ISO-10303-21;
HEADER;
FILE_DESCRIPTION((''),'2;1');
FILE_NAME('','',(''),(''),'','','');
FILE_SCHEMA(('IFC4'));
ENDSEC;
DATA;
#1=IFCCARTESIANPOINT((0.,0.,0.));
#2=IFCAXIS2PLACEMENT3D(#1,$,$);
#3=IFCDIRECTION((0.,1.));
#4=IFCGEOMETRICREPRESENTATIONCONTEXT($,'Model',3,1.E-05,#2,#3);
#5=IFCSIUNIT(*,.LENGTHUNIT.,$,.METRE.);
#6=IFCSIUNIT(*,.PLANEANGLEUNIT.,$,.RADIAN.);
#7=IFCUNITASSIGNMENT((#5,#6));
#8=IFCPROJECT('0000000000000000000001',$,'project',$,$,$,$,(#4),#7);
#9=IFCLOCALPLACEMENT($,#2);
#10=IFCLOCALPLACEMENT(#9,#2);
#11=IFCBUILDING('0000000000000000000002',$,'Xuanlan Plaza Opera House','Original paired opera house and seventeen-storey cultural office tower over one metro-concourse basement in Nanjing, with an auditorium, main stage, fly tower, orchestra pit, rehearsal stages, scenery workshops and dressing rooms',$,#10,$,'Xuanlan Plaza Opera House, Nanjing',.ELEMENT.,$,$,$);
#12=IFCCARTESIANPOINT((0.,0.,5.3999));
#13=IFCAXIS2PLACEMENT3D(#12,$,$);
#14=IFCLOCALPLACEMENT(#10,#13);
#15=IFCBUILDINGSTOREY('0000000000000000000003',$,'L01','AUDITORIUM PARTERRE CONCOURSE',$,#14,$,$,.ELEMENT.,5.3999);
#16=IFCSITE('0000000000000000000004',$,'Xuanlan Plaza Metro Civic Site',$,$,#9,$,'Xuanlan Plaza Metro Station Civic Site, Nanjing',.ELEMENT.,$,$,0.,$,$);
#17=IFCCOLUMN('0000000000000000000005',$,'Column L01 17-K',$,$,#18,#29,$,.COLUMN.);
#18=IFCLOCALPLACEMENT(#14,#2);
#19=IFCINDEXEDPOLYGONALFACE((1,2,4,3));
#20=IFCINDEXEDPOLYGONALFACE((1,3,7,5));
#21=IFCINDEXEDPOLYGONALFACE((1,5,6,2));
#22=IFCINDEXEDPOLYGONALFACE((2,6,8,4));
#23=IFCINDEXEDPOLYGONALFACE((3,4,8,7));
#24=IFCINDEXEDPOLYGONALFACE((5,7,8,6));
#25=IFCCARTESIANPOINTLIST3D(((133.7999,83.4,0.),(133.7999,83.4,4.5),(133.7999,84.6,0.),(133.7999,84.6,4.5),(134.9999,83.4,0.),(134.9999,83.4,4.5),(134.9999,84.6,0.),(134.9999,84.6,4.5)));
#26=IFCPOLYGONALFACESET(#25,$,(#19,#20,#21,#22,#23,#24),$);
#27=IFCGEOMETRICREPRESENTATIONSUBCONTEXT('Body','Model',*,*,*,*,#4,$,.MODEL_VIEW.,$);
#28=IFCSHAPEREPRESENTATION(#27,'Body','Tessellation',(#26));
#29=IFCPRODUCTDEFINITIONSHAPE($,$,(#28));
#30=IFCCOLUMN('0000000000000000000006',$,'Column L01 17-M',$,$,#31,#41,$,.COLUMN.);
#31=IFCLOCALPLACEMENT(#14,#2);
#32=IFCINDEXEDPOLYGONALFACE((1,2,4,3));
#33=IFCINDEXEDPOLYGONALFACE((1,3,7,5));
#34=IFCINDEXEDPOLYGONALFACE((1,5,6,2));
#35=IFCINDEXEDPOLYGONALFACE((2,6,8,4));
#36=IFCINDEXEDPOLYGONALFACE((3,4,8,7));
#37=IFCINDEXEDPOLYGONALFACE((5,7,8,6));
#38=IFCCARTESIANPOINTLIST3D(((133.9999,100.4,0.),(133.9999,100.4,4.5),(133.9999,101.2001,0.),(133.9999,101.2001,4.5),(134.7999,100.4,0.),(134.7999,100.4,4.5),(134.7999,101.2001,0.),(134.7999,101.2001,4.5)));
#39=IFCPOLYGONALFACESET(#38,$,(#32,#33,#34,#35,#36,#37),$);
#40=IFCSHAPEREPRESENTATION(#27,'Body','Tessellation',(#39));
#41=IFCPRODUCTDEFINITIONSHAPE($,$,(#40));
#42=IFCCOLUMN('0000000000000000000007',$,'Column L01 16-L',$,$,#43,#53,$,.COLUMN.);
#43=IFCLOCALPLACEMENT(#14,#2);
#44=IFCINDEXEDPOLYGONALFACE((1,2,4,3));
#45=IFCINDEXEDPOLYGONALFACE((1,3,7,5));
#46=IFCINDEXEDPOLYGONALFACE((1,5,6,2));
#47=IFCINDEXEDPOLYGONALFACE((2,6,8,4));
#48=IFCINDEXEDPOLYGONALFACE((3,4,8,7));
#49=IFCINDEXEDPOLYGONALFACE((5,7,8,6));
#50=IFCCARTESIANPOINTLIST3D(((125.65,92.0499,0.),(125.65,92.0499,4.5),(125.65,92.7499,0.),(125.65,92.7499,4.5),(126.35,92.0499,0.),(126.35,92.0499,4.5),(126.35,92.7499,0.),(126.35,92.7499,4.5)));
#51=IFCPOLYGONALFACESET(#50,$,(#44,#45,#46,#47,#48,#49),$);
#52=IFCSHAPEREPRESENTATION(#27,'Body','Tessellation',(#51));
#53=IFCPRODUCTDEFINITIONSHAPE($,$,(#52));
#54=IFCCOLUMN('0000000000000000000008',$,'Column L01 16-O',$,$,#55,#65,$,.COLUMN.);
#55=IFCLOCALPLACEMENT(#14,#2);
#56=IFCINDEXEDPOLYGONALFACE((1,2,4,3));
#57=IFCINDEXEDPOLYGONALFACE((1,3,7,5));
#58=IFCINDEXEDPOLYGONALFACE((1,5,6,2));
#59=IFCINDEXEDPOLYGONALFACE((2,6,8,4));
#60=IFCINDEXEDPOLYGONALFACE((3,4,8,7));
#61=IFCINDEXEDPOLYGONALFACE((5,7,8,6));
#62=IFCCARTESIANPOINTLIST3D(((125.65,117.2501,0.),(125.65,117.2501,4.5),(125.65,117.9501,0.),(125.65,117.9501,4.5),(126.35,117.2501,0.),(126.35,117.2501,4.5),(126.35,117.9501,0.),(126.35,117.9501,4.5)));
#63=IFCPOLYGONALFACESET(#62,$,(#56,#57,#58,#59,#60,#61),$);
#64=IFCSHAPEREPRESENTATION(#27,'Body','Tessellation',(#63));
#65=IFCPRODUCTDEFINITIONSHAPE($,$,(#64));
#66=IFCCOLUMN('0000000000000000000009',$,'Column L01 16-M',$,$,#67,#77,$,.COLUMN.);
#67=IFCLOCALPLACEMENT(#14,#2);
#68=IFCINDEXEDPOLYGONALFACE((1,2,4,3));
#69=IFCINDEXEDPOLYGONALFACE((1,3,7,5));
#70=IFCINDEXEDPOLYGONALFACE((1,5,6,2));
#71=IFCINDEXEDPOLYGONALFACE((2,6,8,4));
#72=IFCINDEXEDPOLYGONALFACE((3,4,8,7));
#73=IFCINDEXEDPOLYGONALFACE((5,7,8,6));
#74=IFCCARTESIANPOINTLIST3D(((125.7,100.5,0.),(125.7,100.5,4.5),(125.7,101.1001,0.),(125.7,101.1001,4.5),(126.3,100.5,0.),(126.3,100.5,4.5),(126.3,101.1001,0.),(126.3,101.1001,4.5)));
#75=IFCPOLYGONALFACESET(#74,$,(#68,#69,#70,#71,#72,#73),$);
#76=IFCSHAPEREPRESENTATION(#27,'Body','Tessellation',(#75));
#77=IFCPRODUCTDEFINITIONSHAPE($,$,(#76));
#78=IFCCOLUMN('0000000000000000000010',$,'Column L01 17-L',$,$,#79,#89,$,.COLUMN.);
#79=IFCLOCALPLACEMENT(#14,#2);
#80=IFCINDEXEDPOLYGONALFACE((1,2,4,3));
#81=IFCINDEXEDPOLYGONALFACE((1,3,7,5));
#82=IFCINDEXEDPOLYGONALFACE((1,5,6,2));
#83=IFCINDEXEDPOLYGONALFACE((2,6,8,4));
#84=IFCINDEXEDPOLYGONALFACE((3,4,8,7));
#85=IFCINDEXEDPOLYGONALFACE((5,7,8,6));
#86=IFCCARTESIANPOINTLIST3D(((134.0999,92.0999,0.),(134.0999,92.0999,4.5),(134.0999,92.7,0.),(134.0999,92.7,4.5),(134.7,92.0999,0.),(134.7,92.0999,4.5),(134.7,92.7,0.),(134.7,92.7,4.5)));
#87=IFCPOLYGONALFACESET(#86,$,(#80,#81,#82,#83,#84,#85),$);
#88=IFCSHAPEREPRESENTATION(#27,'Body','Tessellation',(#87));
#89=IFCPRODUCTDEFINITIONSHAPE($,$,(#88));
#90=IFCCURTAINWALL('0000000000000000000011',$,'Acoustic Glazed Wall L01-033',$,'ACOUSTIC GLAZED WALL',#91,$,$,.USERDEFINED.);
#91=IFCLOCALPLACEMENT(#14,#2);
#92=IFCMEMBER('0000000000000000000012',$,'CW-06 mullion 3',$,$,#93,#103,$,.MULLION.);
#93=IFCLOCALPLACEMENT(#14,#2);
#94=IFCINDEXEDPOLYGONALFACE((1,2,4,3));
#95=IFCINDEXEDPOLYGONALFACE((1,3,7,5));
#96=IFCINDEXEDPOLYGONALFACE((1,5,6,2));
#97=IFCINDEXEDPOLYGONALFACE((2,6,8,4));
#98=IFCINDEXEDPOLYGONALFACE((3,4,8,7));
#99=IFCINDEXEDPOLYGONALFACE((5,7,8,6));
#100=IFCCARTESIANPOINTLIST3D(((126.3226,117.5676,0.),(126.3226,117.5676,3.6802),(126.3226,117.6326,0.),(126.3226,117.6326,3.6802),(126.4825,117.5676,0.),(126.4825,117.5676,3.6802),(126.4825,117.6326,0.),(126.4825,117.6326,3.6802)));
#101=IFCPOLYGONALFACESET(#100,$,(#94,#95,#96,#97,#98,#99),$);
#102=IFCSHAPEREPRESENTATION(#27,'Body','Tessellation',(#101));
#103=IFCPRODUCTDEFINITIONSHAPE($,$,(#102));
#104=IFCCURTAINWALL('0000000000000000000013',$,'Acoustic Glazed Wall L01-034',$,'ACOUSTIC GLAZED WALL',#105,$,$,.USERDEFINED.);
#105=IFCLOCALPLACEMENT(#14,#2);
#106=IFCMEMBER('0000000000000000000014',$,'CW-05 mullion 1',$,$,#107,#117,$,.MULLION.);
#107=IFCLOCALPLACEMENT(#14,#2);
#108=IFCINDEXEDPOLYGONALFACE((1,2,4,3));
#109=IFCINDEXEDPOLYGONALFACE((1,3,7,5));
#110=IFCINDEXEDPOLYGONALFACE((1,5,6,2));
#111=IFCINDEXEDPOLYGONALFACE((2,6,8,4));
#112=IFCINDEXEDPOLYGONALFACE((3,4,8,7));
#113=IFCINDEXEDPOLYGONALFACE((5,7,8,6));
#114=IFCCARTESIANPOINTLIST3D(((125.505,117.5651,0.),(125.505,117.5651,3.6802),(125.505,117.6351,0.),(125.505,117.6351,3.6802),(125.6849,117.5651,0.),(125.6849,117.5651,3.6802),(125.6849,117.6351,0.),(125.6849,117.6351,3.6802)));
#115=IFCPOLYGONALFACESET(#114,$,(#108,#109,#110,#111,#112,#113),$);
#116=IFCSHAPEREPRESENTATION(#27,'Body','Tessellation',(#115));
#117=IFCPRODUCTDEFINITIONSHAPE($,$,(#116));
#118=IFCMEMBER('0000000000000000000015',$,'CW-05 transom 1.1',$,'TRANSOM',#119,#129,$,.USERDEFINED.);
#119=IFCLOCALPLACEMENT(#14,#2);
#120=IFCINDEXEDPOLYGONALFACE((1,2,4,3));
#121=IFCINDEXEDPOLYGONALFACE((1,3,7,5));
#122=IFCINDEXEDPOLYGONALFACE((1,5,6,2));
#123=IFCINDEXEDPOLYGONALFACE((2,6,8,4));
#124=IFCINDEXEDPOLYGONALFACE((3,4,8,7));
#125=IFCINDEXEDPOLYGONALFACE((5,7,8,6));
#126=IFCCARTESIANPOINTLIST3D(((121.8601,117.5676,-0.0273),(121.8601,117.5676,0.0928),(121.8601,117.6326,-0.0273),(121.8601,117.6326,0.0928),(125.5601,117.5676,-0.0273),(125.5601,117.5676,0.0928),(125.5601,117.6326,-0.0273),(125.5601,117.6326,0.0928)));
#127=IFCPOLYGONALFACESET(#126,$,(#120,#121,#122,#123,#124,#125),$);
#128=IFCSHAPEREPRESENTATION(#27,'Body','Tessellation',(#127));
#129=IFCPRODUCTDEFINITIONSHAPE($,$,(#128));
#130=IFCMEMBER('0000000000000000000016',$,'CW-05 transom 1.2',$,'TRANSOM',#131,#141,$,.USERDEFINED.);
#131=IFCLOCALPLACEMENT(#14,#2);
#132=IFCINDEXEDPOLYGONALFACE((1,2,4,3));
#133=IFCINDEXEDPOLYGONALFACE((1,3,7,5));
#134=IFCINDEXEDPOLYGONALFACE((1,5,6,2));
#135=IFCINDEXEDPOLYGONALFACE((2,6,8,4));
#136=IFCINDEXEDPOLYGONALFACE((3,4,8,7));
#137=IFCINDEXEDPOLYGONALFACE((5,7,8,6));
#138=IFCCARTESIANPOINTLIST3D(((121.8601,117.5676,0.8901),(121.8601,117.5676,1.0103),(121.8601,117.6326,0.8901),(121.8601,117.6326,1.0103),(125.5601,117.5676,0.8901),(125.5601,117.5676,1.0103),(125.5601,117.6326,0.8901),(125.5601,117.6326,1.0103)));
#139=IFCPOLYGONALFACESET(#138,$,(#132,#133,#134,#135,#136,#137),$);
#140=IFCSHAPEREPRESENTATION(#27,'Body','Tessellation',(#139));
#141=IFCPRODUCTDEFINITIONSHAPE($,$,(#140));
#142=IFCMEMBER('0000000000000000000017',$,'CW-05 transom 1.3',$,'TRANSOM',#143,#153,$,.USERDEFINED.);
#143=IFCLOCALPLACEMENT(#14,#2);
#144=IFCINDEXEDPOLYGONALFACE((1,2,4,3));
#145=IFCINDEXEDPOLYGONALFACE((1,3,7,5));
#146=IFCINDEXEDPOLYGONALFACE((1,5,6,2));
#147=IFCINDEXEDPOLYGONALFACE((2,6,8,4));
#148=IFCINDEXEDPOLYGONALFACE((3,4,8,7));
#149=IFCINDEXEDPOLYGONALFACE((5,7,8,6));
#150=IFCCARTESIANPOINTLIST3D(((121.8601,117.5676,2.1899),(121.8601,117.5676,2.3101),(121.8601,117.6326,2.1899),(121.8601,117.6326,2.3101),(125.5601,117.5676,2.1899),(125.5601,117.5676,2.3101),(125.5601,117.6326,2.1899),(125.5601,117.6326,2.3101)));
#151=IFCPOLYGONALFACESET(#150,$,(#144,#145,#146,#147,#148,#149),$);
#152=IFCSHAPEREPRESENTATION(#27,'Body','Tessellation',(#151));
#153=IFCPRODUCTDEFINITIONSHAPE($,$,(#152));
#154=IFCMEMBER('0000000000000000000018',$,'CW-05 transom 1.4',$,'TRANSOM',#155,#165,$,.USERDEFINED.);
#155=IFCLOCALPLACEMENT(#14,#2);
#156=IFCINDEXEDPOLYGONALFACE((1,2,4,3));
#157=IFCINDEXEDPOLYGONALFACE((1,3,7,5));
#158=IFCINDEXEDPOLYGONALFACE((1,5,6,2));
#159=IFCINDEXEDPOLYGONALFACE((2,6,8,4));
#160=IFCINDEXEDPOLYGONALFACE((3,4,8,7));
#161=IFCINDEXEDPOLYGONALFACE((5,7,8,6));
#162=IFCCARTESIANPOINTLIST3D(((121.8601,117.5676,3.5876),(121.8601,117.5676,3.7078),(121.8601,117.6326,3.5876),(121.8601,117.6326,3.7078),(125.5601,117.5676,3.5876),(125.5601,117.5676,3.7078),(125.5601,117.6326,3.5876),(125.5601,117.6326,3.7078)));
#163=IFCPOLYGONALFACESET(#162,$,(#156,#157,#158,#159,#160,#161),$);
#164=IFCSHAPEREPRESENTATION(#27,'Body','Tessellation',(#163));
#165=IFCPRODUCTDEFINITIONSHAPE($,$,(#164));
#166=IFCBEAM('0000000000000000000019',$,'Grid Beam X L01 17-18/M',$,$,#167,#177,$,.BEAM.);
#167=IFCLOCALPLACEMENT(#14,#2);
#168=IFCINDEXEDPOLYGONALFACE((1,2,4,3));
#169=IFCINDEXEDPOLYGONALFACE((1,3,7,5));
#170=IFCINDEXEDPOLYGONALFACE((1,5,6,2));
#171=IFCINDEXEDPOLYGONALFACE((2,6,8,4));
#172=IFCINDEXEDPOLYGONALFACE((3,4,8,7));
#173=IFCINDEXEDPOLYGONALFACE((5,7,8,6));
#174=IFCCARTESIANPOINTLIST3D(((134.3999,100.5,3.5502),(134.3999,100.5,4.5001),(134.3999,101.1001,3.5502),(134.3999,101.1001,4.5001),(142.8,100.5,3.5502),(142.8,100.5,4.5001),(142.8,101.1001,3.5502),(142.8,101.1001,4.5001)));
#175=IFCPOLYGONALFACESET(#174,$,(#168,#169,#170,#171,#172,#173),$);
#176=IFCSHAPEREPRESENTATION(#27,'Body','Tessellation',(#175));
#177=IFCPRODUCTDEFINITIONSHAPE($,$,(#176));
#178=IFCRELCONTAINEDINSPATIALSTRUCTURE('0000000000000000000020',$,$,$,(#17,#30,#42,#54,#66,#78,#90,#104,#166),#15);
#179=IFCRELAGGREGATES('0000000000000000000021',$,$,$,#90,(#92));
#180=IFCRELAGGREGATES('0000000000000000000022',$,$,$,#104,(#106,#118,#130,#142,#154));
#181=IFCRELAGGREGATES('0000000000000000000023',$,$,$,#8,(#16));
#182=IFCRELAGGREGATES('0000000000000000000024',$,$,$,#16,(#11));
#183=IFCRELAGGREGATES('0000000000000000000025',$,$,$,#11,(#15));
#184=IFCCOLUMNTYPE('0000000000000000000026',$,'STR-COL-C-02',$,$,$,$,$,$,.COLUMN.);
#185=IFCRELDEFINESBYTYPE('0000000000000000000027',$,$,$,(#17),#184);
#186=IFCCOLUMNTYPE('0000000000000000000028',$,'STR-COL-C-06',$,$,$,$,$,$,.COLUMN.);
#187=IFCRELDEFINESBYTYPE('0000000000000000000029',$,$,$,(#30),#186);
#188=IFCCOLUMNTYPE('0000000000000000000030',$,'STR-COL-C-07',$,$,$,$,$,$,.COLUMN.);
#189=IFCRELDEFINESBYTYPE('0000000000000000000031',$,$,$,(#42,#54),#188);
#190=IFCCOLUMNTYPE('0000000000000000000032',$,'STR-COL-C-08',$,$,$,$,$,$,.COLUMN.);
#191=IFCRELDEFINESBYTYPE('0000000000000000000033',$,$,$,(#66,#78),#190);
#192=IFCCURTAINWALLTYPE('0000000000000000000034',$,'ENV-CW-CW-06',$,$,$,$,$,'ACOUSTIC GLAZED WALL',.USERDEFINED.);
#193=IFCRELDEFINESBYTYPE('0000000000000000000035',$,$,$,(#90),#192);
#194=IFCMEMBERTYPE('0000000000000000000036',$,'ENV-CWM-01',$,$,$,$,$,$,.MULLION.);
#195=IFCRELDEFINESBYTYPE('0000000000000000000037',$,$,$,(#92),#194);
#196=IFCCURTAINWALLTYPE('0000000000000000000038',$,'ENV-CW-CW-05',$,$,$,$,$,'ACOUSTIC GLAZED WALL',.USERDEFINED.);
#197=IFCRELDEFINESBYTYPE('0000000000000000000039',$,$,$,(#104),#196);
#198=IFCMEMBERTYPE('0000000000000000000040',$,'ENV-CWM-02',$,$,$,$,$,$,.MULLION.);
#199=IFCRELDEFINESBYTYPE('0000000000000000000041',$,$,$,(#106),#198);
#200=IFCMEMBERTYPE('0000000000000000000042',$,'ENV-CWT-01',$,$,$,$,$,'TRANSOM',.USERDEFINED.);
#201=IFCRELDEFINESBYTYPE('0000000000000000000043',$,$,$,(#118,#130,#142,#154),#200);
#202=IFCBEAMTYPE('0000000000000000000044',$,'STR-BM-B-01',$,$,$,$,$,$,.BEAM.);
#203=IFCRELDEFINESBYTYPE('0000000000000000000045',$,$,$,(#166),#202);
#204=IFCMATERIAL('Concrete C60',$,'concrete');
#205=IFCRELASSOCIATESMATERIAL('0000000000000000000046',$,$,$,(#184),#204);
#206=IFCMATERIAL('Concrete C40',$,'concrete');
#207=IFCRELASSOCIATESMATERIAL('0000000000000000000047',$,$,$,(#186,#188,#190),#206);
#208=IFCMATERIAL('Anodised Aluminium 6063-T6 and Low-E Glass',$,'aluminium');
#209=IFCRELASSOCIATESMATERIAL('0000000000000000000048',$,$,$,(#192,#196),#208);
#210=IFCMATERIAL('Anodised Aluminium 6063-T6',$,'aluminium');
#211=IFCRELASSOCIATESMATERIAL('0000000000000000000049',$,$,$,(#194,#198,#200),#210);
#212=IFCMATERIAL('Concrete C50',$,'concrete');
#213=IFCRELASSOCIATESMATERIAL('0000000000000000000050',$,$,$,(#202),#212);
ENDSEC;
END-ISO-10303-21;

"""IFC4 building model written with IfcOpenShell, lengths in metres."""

from ifc_helpers import new_model, si_unit, direction, frame, origin, origin_2d, place, context, subcontext, project, spatial, rectangle, extrude, material, material_profile, profile_set, type_object, element, aggregate, save


model = new_model("IFC4")

# Units and contexts
model_context = context("Model", 3, precision=1e-05, world=origin(), true_north=direction((0.0, 1.0)))
body_context = subcontext(model_context, "Body", "Model", "MODEL_VIEW")
ifc_project = project(units=[si_unit("LENGTHUNIT", "METRE"), si_unit("PLANEANGLEUNIT", "RADIAN")], contexts=[model_context])

# Site, building, storey
site_placement = place(None, origin())
site = spatial("IfcSite", under=ifc_project, at=site_placement, Name="Xuanlan Plaza Metro Civic Site", LongName="Xuanlan Plaza Metro Station Civic Site, Nanjing", CompositionType="ELEMENT", RefElevation=0.0)
building_placement = place(site_placement, origin())
building = spatial("IfcBuilding", under=site, at=building_placement, Name="Xuanlan Plaza Opera House", Description="Original paired opera house and seventeen-storey cultural office tower over one metro-concourse basement in Nanjing, with an auditorium, main stage, fly tower, orchestra pit, rehearsal stages, scenery workshops and dressing rooms", LongName="Xuanlan Plaza Opera House, Nanjing", CompositionType="ELEMENT")
storey_placement = place(building_placement, frame((0.0, 0.0, 5.3999)))
storey = spatial("IfcBuildingStorey", under=building, at=storey_placement, Name="L01", Description="AUDITORIUM PARTERRE CONCOURSE", CompositionType="ELEMENT", Elevation=5.3999)

# Columns
ifc_material_1 = material(Name="Concrete C60", Category="concrete")
ifc_material_profile_1 = material_profile(ifc_material_1, rectangle(XDim=1.2, YDim=1.2, at=origin_2d()), Name="RC-COL 1200x1200")
ifc_profile_set_1 = profile_set([ifc_material_profile_1], Name="Concrete C60")
column_type_1 = type_object("IfcColumnType", Name="STR-COL-C-02", PredefinedType="COLUMN", material=ifc_profile_set_1)
column_1_placement = place(storey_placement, frame((134.3999, 84.0, 0.0), z_axis=(0.0, 0.0, 1.0), x_axis=(1.0, 0.0, 0.0)))
element("IfcColumn", 1, at=column_1_placement, inside=storey, type_object=column_type_1, Name="Column L01 17-K", PredefinedType="COLUMN", context=body_context, shape_type="SweptSolid", body=[
    extrude(rectangle(XDim=1.2, YDim=1.2, at=origin_2d()), origin(), (0.0, 0.0, 1.0), 4.5),
])
ifc_material_2 = material(Name="Concrete C40", Category="concrete")
ifc_material_profile_2 = material_profile(ifc_material_2, rectangle(XDim=0.8, YDim=0.8, at=origin_2d()), Name="RC-COL 800x800")
ifc_profile_set_2 = profile_set([ifc_material_profile_2], Name="Concrete C40")
column_type_2 = type_object("IfcColumnType", Name="STR-COL-C-06", PredefinedType="COLUMN", material=ifc_profile_set_2)
column_2_placement = place(storey_placement, frame((134.3999, 100.8, 0.0), z_axis=(0.0, 0.0, 1.0), x_axis=(1.0, 0.0, 0.0)))
element("IfcColumn", 2, at=column_2_placement, inside=storey, type_object=column_type_2, Name="Column L01 17-M", PredefinedType="COLUMN", context=body_context, shape_type="SweptSolid", body=[
    extrude(rectangle(XDim=0.8, YDim=0.8, at=origin_2d()), origin(), (0.0, 0.0, 1.0), 4.5),
])
ifc_material_profile_3 = material_profile(ifc_material_2, rectangle(XDim=0.7, YDim=0.7, at=origin_2d()), Name="RC-COL 700x700")
ifc_profile_set_3 = profile_set([ifc_material_profile_3], Name="Concrete C40")
column_type_3 = type_object("IfcColumnType", Name="STR-COL-C-07", PredefinedType="COLUMN", material=ifc_profile_set_3)
for number, where, z_axis, x_axis, name in (
    (3, (126.0, 92.3999, 0.0), (0.0, 0.0, 1.0), (1.0, 0.0, 0.0), "Column L01 16-L"),
    (4, (126.0, 117.6001, 0.0), (0.0, 0.0, 1.0), (1.0, 0.0, 0.0), "Column L01 16-O"),
):
    element("IfcColumn", number, at=place(storey_placement, frame(where, z_axis=z_axis, x_axis=x_axis)), inside=storey, type_object=column_type_3, Name=name, PredefinedType="COLUMN", context=body_context, shape_type="SweptSolid", body=[
        extrude(rectangle(XDim=0.7, YDim=0.7, at=origin_2d()), origin(), (0.0, 0.0, 1.0), 4.5),
    ])
ifc_material_profile_4 = material_profile(ifc_material_2, rectangle(XDim=0.6001, YDim=0.6001, at=origin_2d()), Name="RC-COL 600x600")
ifc_profile_set_4 = profile_set([ifc_material_profile_4], Name="Concrete C40")
column_type_4 = type_object("IfcColumnType", Name="STR-COL-C-08", PredefinedType="COLUMN", material=ifc_profile_set_4)
for number, where, z_axis, x_axis, name in (
    (5, (126.0, 100.8, 0.0), (0.0, 0.0, 1.0), (1.0, 0.0, 0.0), "Column L01 16-M"),
    (6, (134.3999, 92.3999, 0.0), (0.0, 0.0, 1.0), (1.0, 0.0, 0.0), "Column L01 17-L"),
):
    element("IfcColumn", number, at=place(storey_placement, frame(where, z_axis=z_axis, x_axis=x_axis)), inside=storey, type_object=column_type_4, Name=name, PredefinedType="COLUMN", context=body_context, shape_type="SweptSolid", body=[
        extrude(rectangle(XDim=0.6001, YDim=0.6001, at=origin_2d()), origin(), (0.0, 0.0, 1.0), 4.5),
    ])

# Curtain wall, member
ifc_material_3 = material(Name="Anodised Aluminium 6063-T6 and Low-E Glass", Category="aluminium")
curtain_wall_type_1 = type_object("IfcCurtainWallType", Name="ENV-CW-CW-06", ElementType="ACOUSTIC GLAZED WALL", PredefinedType="USERDEFINED", material=ifc_material_3)
curtain_wall_1_placement = place(storey_placement, origin())
curtain_wall_1 = element("IfcCurtainWall", 7, at=curtain_wall_1_placement, inside=storey, type_object=curtain_wall_type_1, Name="Acoustic Glazed Wall L01-033", ObjectType="ACOUSTIC GLAZED WALL", PredefinedType="USERDEFINED")
ifc_material_4 = material(Name="Anodised Aluminium 6063-T6", Category="aluminium")
ifc_material_profile_5 = material_profile(ifc_material_4, rectangle(XDim=0.0649, YDim=0.1599, at=origin_2d()), Name="ALU-M 65x160")
ifc_profile_set_5 = profile_set([ifc_material_profile_5], Name="Anodised Aluminium 6063-T6")
member_type_1 = type_object("IfcMemberType", Name="ENV-CWM-01", PredefinedType="MULLION", material=ifc_profile_set_5)
member_1_placement = place(storey_placement, frame((126.4026, 117.6001, 0.0), z_axis=(0.0, 0.0, 1.0), x_axis=(0.0, -1.0, 0.0)))
member_1 = element("IfcMember", 8, at=member_1_placement, type_object=member_type_1, Name="CW-06 mullion 3", PredefinedType="MULLION", context=body_context, shape_type="SweptSolid", body=[
    extrude(rectangle(XDim=0.0649, YDim=0.1599, at=origin_2d()), origin(), (0.0, 0.0, 1.0), 3.6802),
])

# Curtain wall, members
curtain_wall_type_2 = type_object("IfcCurtainWallType", Name="ENV-CW-CW-05", ElementType="ACOUSTIC GLAZED WALL", PredefinedType="USERDEFINED", material=ifc_material_3)
curtain_wall_2_placement = place(storey_placement, origin())
curtain_wall_2 = element("IfcCurtainWall", 9, at=curtain_wall_2_placement, inside=storey, type_object=curtain_wall_type_2, Name="Acoustic Glazed Wall L01-034", ObjectType="ACOUSTIC GLAZED WALL", PredefinedType="USERDEFINED")
ifc_material_profile_6 = material_profile(ifc_material_4, rectangle(XDim=0.0701, YDim=0.1799, at=origin_2d()), Name="ALU-M 70x180")
ifc_profile_set_6 = profile_set([ifc_material_profile_6], Name="Anodised Aluminium 6063-T6")
member_type_2 = type_object("IfcMemberType", Name="ENV-CWM-02", PredefinedType="MULLION", material=ifc_profile_set_6)
member_2_placement = place(storey_placement, frame((125.595, 117.6001, 0.0), z_axis=(0.0, 0.0, 1.0), x_axis=(0.0, -1.0, 0.0)))
member_2 = element("IfcMember", 10, at=member_2_placement, type_object=member_type_2, Name="CW-05 mullion 1", PredefinedType="MULLION", context=body_context, shape_type="SweptSolid", body=[
    extrude(rectangle(XDim=0.0701, YDim=0.1799, at=origin_2d()), origin(), (0.0, 0.0, 1.0), 3.6802),
])
ifc_material_profile_7 = material_profile(ifc_material_4, rectangle(XDim=0.0649, YDim=0.1201, at=origin_2d()), Name="ALU-T 65x120")
ifc_profile_set_7 = profile_set([ifc_material_profile_7], Name="Anodised Aluminium 6063-T6")
member_type_3 = type_object("IfcMemberType", Name="ENV-CWT-01", ElementType="TRANSOM", PredefinedType="USERDEFINED", material=ifc_profile_set_7)
member_3_placement = place(storey_placement, frame((125.5601, 117.6001, 0.0327), z_axis=(-1.0, 0.0, 0.0), x_axis=(0.0, -1.0, 0.0)))
member_3 = element("IfcMember", 11, at=member_3_placement, type_object=member_type_3, Name="CW-05 transom 1.1", ObjectType="TRANSOM", PredefinedType="USERDEFINED", context=body_context, shape_type="SweptSolid", body=[
    extrude(rectangle(XDim=0.0649, YDim=0.1201, at=origin_2d()), origin(), (0.0, 0.0, 1.0), 3.7),
])
member_4_placement = place(storey_placement, frame((125.5601, 117.6001, 0.9502), z_axis=(-1.0, 0.0, 0.0), x_axis=(0.0, -1.0, 0.0)))
member_4 = element("IfcMember", 12, at=member_4_placement, type_object=member_type_3, Name="CW-05 transom 1.2", ObjectType="TRANSOM", PredefinedType="USERDEFINED", context=body_context, shape_type="SweptSolid", body=[
    extrude(rectangle(XDim=0.0649, YDim=0.1201, at=origin_2d()), origin(), (0.0, 0.0, 1.0), 3.7),
])
member_5_placement = place(storey_placement, frame((125.5601, 117.6001, 2.25), z_axis=(-1.0, 0.0, 0.0), x_axis=(0.0, -1.0, 0.0)))
member_5 = element("IfcMember", 13, at=member_5_placement, type_object=member_type_3, Name="CW-05 transom 1.3", ObjectType="TRANSOM", PredefinedType="USERDEFINED", context=body_context, shape_type="SweptSolid", body=[
    extrude(rectangle(XDim=0.0649, YDim=0.1201, at=origin_2d()), origin(), (0.0, 0.0, 1.0), 3.7),
])
member_6_placement = place(storey_placement, frame((125.5601, 117.6001, 3.6477), z_axis=(-1.0, 0.0, 0.0), x_axis=(0.0, -1.0, 0.0)))
member_6 = element("IfcMember", 14, at=member_6_placement, type_object=member_type_3, Name="CW-05 transom 1.4", ObjectType="TRANSOM", PredefinedType="USERDEFINED", context=body_context, shape_type="SweptSolid", body=[
    extrude(rectangle(XDim=0.0649, YDim=0.1201, at=origin_2d()), origin(), (0.0, 0.0, 1.0), 3.7),
])

# Beam
ifc_material_5 = material(Name="Concrete C50", Category="concrete")
ifc_material_profile_8 = material_profile(ifc_material_5, rectangle(XDim=0.6001, YDim=0.95, at=origin_2d()), Name="RC-BM 600x950")
ifc_profile_set_8 = profile_set([ifc_material_profile_8], Name="Concrete C50")
beam_type_1 = type_object("IfcBeamType", Name="STR-BM-B-01", PredefinedType="BEAM", material=ifc_profile_set_8)
beam_1_placement = place(storey_placement, frame((134.3999, 100.8, 4.0251), z_axis=(1.0, 0.0, 0.0), x_axis=(0.0, 1.0, 0.0)))
element("IfcBeam", 15, at=beam_1_placement, inside=storey, type_object=beam_type_1, Name="Grid Beam X L01 17-18/M", PredefinedType="BEAM", context=body_context, shape_type="SweptSolid", body=[
    extrude(rectangle(XDim=0.6001, YDim=0.95, at=origin_2d()), origin(), (0.0, 0.0, 1.0), 8.4001),
])

aggregate(curtain_wall_1, [member_1])
aggregate(curtain_wall_2, [member_2, member_3, member_4, member_5, member_6])

save(model, "model.ifc")
